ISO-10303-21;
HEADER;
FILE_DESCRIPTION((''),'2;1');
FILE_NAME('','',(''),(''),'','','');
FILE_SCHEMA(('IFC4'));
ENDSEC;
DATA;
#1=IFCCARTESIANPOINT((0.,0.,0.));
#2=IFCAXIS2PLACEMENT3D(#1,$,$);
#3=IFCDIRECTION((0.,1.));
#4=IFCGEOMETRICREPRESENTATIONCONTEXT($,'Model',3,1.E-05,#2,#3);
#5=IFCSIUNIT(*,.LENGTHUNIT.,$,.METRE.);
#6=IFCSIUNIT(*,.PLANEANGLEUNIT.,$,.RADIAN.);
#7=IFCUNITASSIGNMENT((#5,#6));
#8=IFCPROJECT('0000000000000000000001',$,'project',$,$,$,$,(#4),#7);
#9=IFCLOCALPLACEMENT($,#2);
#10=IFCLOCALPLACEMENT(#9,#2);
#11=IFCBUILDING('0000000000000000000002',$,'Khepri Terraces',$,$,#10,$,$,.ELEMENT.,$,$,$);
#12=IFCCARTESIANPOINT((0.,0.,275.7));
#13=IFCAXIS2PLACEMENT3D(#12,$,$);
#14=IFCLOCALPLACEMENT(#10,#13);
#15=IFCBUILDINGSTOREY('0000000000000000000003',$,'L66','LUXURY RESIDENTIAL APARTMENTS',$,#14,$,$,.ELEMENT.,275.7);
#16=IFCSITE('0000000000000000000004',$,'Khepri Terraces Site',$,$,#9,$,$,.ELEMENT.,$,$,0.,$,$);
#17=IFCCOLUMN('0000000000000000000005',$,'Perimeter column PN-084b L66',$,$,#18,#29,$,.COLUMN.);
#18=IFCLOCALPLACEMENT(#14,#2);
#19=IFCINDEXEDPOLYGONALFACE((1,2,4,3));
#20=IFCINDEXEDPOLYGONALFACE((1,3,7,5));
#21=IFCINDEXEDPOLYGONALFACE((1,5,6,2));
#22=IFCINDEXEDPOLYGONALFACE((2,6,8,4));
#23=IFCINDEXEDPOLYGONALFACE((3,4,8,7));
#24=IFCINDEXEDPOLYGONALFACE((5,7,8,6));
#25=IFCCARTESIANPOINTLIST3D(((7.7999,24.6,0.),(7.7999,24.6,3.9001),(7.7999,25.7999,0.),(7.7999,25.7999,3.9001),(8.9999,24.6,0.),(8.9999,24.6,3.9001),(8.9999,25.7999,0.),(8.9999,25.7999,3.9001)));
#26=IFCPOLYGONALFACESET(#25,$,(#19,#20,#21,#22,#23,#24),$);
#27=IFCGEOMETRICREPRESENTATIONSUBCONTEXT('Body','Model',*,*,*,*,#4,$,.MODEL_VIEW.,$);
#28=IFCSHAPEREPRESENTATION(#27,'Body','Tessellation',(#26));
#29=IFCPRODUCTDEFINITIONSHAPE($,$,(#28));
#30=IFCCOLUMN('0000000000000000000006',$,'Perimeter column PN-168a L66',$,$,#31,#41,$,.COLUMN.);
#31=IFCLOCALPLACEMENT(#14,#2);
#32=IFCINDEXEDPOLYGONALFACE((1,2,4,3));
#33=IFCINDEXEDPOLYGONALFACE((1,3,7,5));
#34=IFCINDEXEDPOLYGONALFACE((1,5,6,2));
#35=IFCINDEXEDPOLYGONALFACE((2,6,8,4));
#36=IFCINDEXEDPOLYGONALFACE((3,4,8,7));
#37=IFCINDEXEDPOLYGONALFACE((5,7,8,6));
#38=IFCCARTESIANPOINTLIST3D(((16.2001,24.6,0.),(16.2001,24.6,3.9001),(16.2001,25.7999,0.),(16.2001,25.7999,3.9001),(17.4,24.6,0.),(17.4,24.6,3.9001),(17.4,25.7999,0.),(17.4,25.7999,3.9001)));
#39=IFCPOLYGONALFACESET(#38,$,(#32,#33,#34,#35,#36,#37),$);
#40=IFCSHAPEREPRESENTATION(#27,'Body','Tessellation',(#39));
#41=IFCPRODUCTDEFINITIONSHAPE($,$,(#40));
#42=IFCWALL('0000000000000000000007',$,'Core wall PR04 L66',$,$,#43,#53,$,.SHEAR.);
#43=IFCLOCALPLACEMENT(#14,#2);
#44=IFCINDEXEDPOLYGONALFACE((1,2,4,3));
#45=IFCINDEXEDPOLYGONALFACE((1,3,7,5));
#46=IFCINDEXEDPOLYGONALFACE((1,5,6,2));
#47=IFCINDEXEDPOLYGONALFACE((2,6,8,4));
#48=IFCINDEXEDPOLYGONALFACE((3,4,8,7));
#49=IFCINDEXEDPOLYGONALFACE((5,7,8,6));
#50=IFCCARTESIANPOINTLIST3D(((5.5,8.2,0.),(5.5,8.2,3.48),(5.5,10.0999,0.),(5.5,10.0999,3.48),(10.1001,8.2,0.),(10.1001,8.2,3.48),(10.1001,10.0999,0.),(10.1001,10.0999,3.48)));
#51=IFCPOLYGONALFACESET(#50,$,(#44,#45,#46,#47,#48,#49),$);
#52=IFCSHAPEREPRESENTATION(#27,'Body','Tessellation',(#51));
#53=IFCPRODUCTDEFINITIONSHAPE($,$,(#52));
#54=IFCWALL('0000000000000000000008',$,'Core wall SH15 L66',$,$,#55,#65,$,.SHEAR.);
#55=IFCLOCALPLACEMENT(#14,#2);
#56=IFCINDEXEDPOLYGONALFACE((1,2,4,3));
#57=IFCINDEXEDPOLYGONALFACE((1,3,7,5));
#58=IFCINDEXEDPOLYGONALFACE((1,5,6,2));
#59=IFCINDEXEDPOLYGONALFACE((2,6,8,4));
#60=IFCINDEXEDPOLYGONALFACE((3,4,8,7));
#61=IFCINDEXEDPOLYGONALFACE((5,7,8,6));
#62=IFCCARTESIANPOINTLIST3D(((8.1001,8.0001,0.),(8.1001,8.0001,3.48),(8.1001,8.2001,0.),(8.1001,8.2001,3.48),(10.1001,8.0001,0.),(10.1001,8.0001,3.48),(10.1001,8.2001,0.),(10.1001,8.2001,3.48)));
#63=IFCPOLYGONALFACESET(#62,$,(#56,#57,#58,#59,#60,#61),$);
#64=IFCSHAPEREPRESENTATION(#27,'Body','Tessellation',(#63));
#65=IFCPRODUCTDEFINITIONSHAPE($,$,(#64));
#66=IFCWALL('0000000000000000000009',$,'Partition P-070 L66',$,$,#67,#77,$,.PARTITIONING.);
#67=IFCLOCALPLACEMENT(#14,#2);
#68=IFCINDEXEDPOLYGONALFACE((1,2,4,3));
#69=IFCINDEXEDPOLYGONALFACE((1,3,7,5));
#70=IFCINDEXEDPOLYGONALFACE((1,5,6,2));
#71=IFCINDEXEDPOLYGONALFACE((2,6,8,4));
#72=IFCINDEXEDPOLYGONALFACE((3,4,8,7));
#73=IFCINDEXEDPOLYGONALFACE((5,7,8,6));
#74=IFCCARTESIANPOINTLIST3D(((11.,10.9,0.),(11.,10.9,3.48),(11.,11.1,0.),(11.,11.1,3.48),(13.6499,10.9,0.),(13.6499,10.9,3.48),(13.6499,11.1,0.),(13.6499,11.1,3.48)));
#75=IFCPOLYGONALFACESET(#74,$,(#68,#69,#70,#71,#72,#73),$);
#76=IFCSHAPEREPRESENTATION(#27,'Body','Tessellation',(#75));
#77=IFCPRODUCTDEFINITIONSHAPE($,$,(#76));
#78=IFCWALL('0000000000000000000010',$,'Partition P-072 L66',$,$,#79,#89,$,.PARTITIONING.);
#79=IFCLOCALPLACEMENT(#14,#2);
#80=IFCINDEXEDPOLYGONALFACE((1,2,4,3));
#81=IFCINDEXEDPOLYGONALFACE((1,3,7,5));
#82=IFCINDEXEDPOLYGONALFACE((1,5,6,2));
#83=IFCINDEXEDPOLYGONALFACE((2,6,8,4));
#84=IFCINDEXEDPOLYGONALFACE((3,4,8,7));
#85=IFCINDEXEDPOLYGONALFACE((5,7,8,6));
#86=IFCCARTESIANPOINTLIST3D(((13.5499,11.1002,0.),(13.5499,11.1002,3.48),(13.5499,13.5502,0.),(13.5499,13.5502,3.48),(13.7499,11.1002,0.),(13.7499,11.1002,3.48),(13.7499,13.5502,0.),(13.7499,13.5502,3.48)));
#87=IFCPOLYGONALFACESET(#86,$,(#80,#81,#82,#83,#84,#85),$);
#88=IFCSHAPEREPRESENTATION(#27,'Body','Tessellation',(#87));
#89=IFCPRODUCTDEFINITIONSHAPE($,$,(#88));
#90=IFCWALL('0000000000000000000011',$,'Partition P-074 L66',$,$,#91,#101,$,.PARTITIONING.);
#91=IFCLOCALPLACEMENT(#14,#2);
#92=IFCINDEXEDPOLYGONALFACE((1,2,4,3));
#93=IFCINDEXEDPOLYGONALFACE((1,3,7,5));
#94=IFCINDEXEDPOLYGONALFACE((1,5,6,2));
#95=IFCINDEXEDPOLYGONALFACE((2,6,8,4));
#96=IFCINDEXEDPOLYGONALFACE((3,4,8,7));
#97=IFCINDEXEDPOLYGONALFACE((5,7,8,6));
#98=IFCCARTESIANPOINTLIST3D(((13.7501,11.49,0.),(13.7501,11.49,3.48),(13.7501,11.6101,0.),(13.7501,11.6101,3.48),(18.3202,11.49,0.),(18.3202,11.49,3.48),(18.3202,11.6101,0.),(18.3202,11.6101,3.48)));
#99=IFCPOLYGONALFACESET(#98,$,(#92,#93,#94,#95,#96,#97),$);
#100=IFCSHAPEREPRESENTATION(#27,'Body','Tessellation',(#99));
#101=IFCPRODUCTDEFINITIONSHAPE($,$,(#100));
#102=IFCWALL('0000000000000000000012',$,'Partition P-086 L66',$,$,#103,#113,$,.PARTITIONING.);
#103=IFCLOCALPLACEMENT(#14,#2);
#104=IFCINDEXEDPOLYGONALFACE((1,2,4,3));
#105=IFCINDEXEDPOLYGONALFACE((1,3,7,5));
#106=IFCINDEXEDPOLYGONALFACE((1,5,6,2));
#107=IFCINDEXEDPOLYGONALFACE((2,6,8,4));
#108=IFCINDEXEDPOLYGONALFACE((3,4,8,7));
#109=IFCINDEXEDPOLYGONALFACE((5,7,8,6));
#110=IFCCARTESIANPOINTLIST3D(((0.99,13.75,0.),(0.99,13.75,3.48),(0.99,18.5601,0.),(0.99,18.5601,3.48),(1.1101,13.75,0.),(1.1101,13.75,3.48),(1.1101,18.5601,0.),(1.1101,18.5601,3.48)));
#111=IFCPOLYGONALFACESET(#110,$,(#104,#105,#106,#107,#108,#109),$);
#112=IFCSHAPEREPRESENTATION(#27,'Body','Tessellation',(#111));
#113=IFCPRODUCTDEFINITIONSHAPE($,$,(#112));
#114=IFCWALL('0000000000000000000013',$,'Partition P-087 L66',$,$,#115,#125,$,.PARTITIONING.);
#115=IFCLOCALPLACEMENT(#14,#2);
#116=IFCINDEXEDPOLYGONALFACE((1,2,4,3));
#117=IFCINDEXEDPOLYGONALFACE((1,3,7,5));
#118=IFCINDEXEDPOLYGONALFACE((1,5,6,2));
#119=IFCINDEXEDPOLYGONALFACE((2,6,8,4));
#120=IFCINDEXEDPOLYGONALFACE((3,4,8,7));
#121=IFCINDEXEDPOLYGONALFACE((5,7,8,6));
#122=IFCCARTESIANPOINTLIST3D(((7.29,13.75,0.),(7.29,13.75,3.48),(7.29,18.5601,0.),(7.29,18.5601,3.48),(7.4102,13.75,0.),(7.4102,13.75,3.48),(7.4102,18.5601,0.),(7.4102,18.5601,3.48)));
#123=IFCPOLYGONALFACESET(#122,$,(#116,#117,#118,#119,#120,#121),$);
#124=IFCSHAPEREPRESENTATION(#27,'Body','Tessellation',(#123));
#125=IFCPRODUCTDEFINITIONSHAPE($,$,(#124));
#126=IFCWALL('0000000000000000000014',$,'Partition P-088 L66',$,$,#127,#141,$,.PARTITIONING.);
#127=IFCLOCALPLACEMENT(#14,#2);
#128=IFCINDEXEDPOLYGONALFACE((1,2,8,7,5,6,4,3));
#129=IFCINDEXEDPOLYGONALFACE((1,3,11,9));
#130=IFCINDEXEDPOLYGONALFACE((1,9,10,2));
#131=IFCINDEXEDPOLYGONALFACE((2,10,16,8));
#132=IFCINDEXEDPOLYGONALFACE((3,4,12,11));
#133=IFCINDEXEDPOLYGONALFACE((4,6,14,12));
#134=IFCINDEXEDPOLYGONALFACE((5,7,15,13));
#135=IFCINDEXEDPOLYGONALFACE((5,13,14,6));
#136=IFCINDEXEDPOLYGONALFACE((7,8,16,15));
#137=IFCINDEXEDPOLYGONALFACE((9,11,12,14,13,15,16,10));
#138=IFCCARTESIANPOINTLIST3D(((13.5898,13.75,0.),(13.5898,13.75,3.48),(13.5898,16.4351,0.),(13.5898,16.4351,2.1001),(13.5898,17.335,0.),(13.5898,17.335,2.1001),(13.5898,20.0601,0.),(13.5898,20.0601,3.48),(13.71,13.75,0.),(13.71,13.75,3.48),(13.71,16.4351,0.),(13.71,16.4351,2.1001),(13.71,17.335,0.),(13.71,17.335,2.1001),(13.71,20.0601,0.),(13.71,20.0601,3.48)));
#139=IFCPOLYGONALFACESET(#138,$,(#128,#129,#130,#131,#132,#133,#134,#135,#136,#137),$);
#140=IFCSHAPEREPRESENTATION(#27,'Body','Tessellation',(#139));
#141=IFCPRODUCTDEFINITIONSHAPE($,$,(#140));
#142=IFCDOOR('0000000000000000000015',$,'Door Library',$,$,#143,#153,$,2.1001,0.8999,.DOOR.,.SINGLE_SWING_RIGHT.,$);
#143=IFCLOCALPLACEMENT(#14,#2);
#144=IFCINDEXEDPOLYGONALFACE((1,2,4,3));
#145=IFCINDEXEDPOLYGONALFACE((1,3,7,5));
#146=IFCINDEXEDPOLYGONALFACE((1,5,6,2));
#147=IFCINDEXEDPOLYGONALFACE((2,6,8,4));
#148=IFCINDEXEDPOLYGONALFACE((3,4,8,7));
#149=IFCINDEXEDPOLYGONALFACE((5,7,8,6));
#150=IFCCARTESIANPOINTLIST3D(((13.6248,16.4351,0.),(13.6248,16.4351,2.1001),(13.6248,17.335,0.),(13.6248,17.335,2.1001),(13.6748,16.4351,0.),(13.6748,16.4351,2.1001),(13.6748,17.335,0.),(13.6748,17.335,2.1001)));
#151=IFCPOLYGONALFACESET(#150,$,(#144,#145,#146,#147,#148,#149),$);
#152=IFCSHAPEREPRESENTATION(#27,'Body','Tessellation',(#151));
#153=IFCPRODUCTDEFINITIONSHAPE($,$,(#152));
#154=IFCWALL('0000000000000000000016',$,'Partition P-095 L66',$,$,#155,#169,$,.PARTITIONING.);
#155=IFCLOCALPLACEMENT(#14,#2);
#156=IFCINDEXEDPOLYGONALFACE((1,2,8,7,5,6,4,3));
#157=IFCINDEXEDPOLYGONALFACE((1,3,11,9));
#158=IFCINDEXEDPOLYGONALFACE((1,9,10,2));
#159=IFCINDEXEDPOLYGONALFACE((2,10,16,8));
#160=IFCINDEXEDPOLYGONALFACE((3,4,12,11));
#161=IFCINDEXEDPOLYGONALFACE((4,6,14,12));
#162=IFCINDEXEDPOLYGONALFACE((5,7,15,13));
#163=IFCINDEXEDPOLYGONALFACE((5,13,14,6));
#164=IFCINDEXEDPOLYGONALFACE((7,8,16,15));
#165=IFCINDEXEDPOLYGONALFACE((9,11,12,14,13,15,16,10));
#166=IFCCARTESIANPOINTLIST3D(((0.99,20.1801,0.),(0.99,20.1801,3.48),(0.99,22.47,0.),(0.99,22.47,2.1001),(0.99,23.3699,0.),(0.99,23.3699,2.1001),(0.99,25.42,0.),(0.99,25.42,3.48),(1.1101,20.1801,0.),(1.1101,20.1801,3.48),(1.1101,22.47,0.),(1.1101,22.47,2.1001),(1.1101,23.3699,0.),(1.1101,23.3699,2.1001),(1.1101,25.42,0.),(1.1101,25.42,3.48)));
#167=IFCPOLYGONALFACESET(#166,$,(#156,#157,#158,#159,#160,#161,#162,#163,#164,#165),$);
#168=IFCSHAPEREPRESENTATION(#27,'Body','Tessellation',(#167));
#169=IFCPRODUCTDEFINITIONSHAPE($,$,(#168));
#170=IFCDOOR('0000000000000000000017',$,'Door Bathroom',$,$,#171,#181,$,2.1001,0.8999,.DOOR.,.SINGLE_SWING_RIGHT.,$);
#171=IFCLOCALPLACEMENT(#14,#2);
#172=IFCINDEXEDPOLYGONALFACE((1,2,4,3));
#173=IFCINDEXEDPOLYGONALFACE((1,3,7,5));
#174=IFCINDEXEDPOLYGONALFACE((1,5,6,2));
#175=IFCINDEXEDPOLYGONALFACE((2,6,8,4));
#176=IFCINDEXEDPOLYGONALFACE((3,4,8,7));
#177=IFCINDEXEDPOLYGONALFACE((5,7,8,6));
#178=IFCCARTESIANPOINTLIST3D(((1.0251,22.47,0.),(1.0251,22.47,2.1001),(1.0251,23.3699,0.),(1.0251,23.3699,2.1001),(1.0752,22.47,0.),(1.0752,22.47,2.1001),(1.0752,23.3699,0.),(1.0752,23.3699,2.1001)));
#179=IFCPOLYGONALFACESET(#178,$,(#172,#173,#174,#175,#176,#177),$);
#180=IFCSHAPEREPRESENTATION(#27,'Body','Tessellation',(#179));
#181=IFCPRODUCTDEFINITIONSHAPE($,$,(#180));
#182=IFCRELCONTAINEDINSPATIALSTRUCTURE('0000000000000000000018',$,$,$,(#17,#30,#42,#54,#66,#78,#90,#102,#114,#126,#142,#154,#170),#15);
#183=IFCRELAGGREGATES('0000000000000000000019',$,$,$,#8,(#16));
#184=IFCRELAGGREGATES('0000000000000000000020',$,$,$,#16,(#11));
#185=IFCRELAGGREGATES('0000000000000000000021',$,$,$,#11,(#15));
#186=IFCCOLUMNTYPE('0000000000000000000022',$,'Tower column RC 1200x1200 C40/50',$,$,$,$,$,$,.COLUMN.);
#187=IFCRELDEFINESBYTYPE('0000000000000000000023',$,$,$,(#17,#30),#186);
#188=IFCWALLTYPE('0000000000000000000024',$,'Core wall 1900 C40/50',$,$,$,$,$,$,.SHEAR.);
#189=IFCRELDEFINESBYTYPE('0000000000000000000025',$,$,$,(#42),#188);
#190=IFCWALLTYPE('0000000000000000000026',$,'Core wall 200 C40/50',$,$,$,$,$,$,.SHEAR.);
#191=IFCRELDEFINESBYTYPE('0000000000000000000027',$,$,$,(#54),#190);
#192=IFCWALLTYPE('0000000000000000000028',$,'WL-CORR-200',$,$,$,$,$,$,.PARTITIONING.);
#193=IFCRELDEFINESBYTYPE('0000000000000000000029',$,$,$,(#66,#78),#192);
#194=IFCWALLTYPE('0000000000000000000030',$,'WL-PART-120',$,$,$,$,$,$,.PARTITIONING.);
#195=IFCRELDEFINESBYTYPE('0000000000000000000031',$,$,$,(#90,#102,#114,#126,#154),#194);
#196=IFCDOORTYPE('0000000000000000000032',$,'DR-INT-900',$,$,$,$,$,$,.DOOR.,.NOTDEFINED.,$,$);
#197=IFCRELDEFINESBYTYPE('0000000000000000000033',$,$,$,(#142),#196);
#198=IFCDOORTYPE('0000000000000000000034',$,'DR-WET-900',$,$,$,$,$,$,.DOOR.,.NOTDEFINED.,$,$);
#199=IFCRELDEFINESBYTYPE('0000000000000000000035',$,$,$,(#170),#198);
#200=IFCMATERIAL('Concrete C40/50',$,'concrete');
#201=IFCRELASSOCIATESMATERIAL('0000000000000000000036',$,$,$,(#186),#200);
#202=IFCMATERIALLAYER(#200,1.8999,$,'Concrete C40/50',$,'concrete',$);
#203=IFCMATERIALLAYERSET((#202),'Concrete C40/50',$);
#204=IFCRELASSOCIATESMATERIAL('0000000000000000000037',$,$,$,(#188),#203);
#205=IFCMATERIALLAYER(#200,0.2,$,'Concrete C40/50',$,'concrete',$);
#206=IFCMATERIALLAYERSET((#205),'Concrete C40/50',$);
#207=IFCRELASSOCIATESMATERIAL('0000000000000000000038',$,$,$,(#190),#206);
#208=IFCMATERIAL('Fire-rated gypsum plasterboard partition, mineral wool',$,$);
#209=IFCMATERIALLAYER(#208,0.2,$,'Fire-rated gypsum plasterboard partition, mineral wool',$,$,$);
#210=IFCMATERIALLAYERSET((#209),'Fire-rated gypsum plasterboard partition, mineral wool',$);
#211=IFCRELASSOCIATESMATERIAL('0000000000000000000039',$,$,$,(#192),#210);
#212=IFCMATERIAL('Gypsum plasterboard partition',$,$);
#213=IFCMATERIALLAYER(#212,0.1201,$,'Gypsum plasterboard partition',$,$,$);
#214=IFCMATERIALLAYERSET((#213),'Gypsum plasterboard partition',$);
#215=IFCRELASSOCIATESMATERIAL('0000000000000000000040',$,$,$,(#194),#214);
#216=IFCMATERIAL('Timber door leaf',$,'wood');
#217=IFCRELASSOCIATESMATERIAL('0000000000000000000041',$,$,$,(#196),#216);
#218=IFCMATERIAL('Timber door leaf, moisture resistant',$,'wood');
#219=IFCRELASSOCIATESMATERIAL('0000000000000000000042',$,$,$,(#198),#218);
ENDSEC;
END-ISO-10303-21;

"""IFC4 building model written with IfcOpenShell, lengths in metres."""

from ifc_helpers import new_model, si_unit, direction, frame, frame_2d, origin, origin_2d, place, context, subcontext, project, spatial, rectangle, extrude, material, layer, layer_set, material_profile, profile_set, type_object, element, fill, save


model = new_model("IFC4")

# Units and contexts
model_context = context("Model", 3, precision=1e-05, world=origin(), true_north=direction((0.0, 1.0)))
body_context = subcontext(model_context, "Body", "Model", "MODEL_VIEW")
ifc_project = project(units=[si_unit("LENGTHUNIT", "METRE"), si_unit("PLANEANGLEUNIT", "RADIAN")], contexts=[model_context])

# Site, building, storey
site_placement = place(None, origin())
site = spatial("IfcSite", under=ifc_project, at=site_placement, Name="Khepri Terraces Site", CompositionType="ELEMENT", RefElevation=0.0)
building_placement = place(site_placement, origin())
building = spatial("IfcBuilding", under=site, at=building_placement, Name="Khepri Terraces", CompositionType="ELEMENT")
storey_placement = place(building_placement, frame((0.0, 0.0, 275.7)))
storey = spatial("IfcBuildingStorey", under=building, at=storey_placement, Name="L66", Description="LUXURY RESIDENTIAL APARTMENTS", CompositionType="ELEMENT", Elevation=275.7)

# Columns
ifc_material_1 = material(Name="Concrete C40/50", Category="concrete")
ifc_material_profile = material_profile(ifc_material_1, rectangle(XDim=1.2, YDim=1.2, at=origin_2d()), Name="Concrete C40/50", Category="concrete")
ifc_profile_set = profile_set([ifc_material_profile], Name="Concrete C40/50")
column_type = type_object("IfcColumnType", Name="Tower column RC 1200x1200 C40/50", PredefinedType="COLUMN", material=ifc_profile_set)
for number, where, z_axis, x_axis, name in (
    (1, (8.3999, 25.2, 0.0), (0.0, 0.0, 1.0), (1.0, 0.0, 0.0), "Perimeter column PN-084b L66"),
    (2, (16.8, 25.2, 0.0), (0.0, 0.0, 1.0), (1.0, 0.0, 0.0), "Perimeter column PN-168a L66"),
):
    element("IfcColumn", number, at=place(storey_placement, frame(where, z_axis=z_axis, x_axis=x_axis)), inside=storey, type_object=column_type, Name=name, PredefinedType="COLUMN", context=body_context, shape_type="SweptSolid", body=[
        extrude(rectangle(XDim=1.2, YDim=1.2, at=origin_2d()), origin(), (0.0, 0.0, 1.0), 3.9001),
    ])

# Walls
ifc_layer_1 = layer(ifc_material_1, 1.8999, Name="Concrete C40/50", Category="concrete")
ifc_layer_set_1 = layer_set([ifc_layer_1], Name="Concrete C40/50")
wall_type_1 = type_object("IfcWallType", Name="Core wall 1900 C40/50", PredefinedType="SHEAR", material=ifc_layer_set_1)
wall_1_placement = place(storey_placement, frame((5.5, 9.1499, 0.0), z_axis=(0.0, 0.0, 1.0), x_axis=(1.0, 0.0, 0.0)))
element("IfcWall", 3, at=wall_1_placement, inside=storey, type_object=wall_type_1, Name="Core wall PR04 L66", PredefinedType="SHEAR", context=body_context, shape_type="SweptSolid", body=[
    extrude(rectangle(XDim=4.6001, YDim=1.8999, at=frame_2d((2.3, 0.0))), origin(), (0.0, 0.0, 1.0), 3.48),
])
ifc_layer_2 = layer(ifc_material_1, 0.2, Name="Concrete C40/50", Category="concrete")
ifc_layer_set_2 = layer_set([ifc_layer_2], Name="Concrete C40/50")
wall_type_2 = type_object("IfcWallType", Name="Core wall 200 C40/50", PredefinedType="SHEAR", material=ifc_layer_set_2)
wall_2_placement = place(storey_placement, frame((8.1001, 8.1001, 0.0), z_axis=(0.0, 0.0, 1.0), x_axis=(1.0, 0.0, 0.0)))
element("IfcWall", 4, at=wall_2_placement, inside=storey, type_object=wall_type_2, Name="Core wall SH15 L66", PredefinedType="SHEAR", context=body_context, shape_type="SweptSolid", body=[
    extrude(rectangle(XDim=2.0, YDim=0.2, at=frame_2d((1.0, 0.0))), origin(), (0.0, 0.0, 1.0), 3.48),
])
ifc_material_2 = material(Name="Fire-rated gypsum plasterboard partition, mineral wool")
ifc_layer_3 = layer(ifc_material_2, 0.2, Name="Fire-rated gypsum plasterboard partition, mineral wool")
ifc_layer_set_3 = layer_set([ifc_layer_3], Name="Fire-rated gypsum plasterboard partition, mineral wool")
wall_type_3 = type_object("IfcWallType", Name="WL-CORR-200", PredefinedType="PARTITIONING", material=ifc_layer_set_3)
wall_3_placement = place(storey_placement, frame((11.0, 11.0, 0.0), z_axis=(0.0, 0.0, 1.0), x_axis=(1.0, 0.0, 0.0)))
element("IfcWall", 5, at=wall_3_placement, inside=storey, type_object=wall_type_3, Name="Partition P-070 L66", PredefinedType="PARTITIONING", context=body_context, shape_type="SweptSolid", body=[
    extrude(rectangle(XDim=2.6499, YDim=0.2, at=frame_2d((1.325, 0.0))), origin(), (0.0, 0.0, 1.0), 3.48),
])
wall_4_placement = place(storey_placement, frame((13.6499, 11.1001, 0.0), z_axis=(0.0, 0.0, 1.0), x_axis=(0.0, 1.0, 0.0)))
element("IfcWall", 6, at=wall_4_placement, inside=storey, type_object=wall_type_3, Name="Partition P-072 L66", PredefinedType="PARTITIONING", context=body_context, shape_type="SweptSolid", body=[
    extrude(rectangle(XDim=2.45, YDim=0.2, at=frame_2d((1.2251, 0.0))), origin(), (0.0, 0.0, 1.0), 3.48),
])

# Walls
ifc_material_3 = material(Name="Gypsum plasterboard partition")
ifc_layer_4 = layer(ifc_material_3, 0.1201, Name="Gypsum plasterboard partition")
ifc_layer_set_4 = layer_set([ifc_layer_4], Name="Gypsum plasterboard partition")
wall_type_4 = type_object("IfcWallType", Name="WL-PART-120", PredefinedType="PARTITIONING", material=ifc_layer_set_4)
wall_5_placement = place(storey_placement, frame((13.75, 11.55, 0.0), z_axis=(0.0, 0.0, 1.0), x_axis=(1.0, 0.0, 0.0)))
element("IfcWall", 7, at=wall_5_placement, inside=storey, type_object=wall_type_4, Name="Partition P-074 L66", PredefinedType="PARTITIONING", context=body_context, shape_type="SweptSolid", body=[
    extrude(rectangle(XDim=4.5701, YDim=0.1201, at=frame_2d((2.2852, 0.0))), origin(), (0.0, 0.0, 1.0), 3.48),
])
for number, where, z_axis, x_axis, name in (
    (8, (1.05, 13.75, 0.0), (0.0, 0.0, 1.0), (0.0, 1.0, 0.0), "Partition P-086 L66"),
    (9, (7.3501, 13.75, 0.0), (0.0, 0.0, 1.0), (0.0, 1.0, 0.0), "Partition P-087 L66"),
):
    element("IfcWall", number, at=place(storey_placement, frame(where, z_axis=z_axis, x_axis=x_axis)), inside=storey, type_object=wall_type_4, Name=name, PredefinedType="PARTITIONING", context=body_context, shape_type="SweptSolid", body=[
        extrude(rectangle(XDim=4.8101, YDim=0.1201, at=frame_2d((2.405, 0.0))), origin(), (0.0, 0.0, 1.0), 3.48),
    ])

# Walls, openings, doors
wall_6_placement = place(storey_placement, frame((13.6499, 13.75, 0.0), z_axis=(0.0, 0.0, 1.0), x_axis=(0.0, 1.0, 0.0)))
wall_6 = element("IfcWall", 10, at=wall_6_placement, inside=storey, type_object=wall_type_4, Name="Partition P-088 L66", PredefinedType="PARTITIONING", context=body_context, shape_type="SweptSolid", body=[
    extrude(rectangle(XDim=6.3101, YDim=0.1201, at=frame_2d((3.155, 0.0))), origin(), (0.0, 0.0, 1.0), 3.48),
])
opening_1_placement = place(wall_6_placement, frame((2.6851, 0.0, 0.0)))
opening_1 = element("IfcOpeningElement", 11, at=opening_1_placement, cuts=wall_6, PredefinedType="OPENING", context=body_context, shape_type="SweptSolid", body=[
    extrude(rectangle(XDim=0.8999, YDim=2.1001, at=frame_2d((0.45, 1.05))), frame((0.0, 0.0701, 0.0), z_axis=(0.0, -1.0, 0.0), x_axis=(1.0, 0.0, 0.0)), (0.0, 0.0, 1.0), 0.1401),
])
ifc_material_4 = material(Name="Timber door leaf", Category="wood")
door_type_1 = type_object("IfcDoorType", Name="DR-INT-900", OperationType="NOTDEFINED", PredefinedType="DOOR", material=ifc_material_4)
door_1_placement = place(opening_1_placement, frame((0.8999, 0.0, 0.0), z_axis=(0.0, 0.0, 1.0), x_axis=(-1.0, 0.0, 0.0)))
door_1 = element("IfcDoor", 12, at=door_1_placement, inside=storey, type_object=door_type_1, Name="Door Library", OperationType="SINGLE_SWING_RIGHT", OverallHeight=2.1001, OverallWidth=0.8999, PredefinedType="DOOR", context=body_context, shape_type="SweptSolid", body=[
    extrude(rectangle(XDim=0.8999, YDim=2.1001, at=frame_2d((0.45, 1.05))), frame((0.0, 0.0249, 0.0), z_axis=(0.0, -1.0, 0.0), x_axis=(1.0, 0.0, 0.0)), (0.0, 0.0, 1.0), 0.05),
])
fill(opening_1, door_1)
wall_7_placement = place(storey_placement, frame((1.05, 20.1799, 0.0), z_axis=(0.0, 0.0, 1.0), x_axis=(0.0, 1.0, 0.0)))
wall_7 = element("IfcWall", 13, at=wall_7_placement, inside=storey, type_object=wall_type_4, Name="Partition P-095 L66", PredefinedType="PARTITIONING", context=body_context, shape_type="SweptSolid", body=[
    extrude(rectangle(XDim=5.24, YDim=0.1201, at=frame_2d((2.6201, 0.0))), origin(), (0.0, 0.0, 1.0), 3.48),
])
opening_2_placement = place(wall_7_placement, frame((2.29, 0.0, 0.0)))
opening_2 = element("IfcOpeningElement", 14, at=opening_2_placement, cuts=wall_7, PredefinedType="OPENING", context=body_context, shape_type="SweptSolid", body=[
    extrude(rectangle(XDim=0.8999, YDim=2.1001, at=frame_2d((0.45, 1.05))), frame((0.0, 0.0701, 0.0), z_axis=(0.0, -1.0, 0.0), x_axis=(1.0, 0.0, 0.0)), (0.0, 0.0, 1.0), 0.1401),
])
ifc_material_5 = material(Name="Timber door leaf, moisture resistant", Category="wood")
door_type_2 = type_object("IfcDoorType", Name="DR-WET-900", OperationType="NOTDEFINED", PredefinedType="DOOR", material=ifc_material_5)
door_2_placement = place(opening_2_placement, origin())
door_2 = element("IfcDoor", 15, at=door_2_placement, inside=storey, type_object=door_type_2, Name="Door Bathroom", OperationType="SINGLE_SWING_RIGHT", OverallHeight=2.1001, OverallWidth=0.8999, PredefinedType="DOOR", context=body_context, shape_type="SweptSolid", body=[
    extrude(rectangle(XDim=0.8999, YDim=2.1001, at=frame_2d((0.45, 1.05))), frame((0.0, 0.0249, 0.0), z_axis=(0.0, -1.0, 0.0), x_axis=(1.0, 0.0, 0.0)), (0.0, 0.0, 1.0), 0.05),
])
fill(opening_2, door_2)

save(model, "model.ifc")
